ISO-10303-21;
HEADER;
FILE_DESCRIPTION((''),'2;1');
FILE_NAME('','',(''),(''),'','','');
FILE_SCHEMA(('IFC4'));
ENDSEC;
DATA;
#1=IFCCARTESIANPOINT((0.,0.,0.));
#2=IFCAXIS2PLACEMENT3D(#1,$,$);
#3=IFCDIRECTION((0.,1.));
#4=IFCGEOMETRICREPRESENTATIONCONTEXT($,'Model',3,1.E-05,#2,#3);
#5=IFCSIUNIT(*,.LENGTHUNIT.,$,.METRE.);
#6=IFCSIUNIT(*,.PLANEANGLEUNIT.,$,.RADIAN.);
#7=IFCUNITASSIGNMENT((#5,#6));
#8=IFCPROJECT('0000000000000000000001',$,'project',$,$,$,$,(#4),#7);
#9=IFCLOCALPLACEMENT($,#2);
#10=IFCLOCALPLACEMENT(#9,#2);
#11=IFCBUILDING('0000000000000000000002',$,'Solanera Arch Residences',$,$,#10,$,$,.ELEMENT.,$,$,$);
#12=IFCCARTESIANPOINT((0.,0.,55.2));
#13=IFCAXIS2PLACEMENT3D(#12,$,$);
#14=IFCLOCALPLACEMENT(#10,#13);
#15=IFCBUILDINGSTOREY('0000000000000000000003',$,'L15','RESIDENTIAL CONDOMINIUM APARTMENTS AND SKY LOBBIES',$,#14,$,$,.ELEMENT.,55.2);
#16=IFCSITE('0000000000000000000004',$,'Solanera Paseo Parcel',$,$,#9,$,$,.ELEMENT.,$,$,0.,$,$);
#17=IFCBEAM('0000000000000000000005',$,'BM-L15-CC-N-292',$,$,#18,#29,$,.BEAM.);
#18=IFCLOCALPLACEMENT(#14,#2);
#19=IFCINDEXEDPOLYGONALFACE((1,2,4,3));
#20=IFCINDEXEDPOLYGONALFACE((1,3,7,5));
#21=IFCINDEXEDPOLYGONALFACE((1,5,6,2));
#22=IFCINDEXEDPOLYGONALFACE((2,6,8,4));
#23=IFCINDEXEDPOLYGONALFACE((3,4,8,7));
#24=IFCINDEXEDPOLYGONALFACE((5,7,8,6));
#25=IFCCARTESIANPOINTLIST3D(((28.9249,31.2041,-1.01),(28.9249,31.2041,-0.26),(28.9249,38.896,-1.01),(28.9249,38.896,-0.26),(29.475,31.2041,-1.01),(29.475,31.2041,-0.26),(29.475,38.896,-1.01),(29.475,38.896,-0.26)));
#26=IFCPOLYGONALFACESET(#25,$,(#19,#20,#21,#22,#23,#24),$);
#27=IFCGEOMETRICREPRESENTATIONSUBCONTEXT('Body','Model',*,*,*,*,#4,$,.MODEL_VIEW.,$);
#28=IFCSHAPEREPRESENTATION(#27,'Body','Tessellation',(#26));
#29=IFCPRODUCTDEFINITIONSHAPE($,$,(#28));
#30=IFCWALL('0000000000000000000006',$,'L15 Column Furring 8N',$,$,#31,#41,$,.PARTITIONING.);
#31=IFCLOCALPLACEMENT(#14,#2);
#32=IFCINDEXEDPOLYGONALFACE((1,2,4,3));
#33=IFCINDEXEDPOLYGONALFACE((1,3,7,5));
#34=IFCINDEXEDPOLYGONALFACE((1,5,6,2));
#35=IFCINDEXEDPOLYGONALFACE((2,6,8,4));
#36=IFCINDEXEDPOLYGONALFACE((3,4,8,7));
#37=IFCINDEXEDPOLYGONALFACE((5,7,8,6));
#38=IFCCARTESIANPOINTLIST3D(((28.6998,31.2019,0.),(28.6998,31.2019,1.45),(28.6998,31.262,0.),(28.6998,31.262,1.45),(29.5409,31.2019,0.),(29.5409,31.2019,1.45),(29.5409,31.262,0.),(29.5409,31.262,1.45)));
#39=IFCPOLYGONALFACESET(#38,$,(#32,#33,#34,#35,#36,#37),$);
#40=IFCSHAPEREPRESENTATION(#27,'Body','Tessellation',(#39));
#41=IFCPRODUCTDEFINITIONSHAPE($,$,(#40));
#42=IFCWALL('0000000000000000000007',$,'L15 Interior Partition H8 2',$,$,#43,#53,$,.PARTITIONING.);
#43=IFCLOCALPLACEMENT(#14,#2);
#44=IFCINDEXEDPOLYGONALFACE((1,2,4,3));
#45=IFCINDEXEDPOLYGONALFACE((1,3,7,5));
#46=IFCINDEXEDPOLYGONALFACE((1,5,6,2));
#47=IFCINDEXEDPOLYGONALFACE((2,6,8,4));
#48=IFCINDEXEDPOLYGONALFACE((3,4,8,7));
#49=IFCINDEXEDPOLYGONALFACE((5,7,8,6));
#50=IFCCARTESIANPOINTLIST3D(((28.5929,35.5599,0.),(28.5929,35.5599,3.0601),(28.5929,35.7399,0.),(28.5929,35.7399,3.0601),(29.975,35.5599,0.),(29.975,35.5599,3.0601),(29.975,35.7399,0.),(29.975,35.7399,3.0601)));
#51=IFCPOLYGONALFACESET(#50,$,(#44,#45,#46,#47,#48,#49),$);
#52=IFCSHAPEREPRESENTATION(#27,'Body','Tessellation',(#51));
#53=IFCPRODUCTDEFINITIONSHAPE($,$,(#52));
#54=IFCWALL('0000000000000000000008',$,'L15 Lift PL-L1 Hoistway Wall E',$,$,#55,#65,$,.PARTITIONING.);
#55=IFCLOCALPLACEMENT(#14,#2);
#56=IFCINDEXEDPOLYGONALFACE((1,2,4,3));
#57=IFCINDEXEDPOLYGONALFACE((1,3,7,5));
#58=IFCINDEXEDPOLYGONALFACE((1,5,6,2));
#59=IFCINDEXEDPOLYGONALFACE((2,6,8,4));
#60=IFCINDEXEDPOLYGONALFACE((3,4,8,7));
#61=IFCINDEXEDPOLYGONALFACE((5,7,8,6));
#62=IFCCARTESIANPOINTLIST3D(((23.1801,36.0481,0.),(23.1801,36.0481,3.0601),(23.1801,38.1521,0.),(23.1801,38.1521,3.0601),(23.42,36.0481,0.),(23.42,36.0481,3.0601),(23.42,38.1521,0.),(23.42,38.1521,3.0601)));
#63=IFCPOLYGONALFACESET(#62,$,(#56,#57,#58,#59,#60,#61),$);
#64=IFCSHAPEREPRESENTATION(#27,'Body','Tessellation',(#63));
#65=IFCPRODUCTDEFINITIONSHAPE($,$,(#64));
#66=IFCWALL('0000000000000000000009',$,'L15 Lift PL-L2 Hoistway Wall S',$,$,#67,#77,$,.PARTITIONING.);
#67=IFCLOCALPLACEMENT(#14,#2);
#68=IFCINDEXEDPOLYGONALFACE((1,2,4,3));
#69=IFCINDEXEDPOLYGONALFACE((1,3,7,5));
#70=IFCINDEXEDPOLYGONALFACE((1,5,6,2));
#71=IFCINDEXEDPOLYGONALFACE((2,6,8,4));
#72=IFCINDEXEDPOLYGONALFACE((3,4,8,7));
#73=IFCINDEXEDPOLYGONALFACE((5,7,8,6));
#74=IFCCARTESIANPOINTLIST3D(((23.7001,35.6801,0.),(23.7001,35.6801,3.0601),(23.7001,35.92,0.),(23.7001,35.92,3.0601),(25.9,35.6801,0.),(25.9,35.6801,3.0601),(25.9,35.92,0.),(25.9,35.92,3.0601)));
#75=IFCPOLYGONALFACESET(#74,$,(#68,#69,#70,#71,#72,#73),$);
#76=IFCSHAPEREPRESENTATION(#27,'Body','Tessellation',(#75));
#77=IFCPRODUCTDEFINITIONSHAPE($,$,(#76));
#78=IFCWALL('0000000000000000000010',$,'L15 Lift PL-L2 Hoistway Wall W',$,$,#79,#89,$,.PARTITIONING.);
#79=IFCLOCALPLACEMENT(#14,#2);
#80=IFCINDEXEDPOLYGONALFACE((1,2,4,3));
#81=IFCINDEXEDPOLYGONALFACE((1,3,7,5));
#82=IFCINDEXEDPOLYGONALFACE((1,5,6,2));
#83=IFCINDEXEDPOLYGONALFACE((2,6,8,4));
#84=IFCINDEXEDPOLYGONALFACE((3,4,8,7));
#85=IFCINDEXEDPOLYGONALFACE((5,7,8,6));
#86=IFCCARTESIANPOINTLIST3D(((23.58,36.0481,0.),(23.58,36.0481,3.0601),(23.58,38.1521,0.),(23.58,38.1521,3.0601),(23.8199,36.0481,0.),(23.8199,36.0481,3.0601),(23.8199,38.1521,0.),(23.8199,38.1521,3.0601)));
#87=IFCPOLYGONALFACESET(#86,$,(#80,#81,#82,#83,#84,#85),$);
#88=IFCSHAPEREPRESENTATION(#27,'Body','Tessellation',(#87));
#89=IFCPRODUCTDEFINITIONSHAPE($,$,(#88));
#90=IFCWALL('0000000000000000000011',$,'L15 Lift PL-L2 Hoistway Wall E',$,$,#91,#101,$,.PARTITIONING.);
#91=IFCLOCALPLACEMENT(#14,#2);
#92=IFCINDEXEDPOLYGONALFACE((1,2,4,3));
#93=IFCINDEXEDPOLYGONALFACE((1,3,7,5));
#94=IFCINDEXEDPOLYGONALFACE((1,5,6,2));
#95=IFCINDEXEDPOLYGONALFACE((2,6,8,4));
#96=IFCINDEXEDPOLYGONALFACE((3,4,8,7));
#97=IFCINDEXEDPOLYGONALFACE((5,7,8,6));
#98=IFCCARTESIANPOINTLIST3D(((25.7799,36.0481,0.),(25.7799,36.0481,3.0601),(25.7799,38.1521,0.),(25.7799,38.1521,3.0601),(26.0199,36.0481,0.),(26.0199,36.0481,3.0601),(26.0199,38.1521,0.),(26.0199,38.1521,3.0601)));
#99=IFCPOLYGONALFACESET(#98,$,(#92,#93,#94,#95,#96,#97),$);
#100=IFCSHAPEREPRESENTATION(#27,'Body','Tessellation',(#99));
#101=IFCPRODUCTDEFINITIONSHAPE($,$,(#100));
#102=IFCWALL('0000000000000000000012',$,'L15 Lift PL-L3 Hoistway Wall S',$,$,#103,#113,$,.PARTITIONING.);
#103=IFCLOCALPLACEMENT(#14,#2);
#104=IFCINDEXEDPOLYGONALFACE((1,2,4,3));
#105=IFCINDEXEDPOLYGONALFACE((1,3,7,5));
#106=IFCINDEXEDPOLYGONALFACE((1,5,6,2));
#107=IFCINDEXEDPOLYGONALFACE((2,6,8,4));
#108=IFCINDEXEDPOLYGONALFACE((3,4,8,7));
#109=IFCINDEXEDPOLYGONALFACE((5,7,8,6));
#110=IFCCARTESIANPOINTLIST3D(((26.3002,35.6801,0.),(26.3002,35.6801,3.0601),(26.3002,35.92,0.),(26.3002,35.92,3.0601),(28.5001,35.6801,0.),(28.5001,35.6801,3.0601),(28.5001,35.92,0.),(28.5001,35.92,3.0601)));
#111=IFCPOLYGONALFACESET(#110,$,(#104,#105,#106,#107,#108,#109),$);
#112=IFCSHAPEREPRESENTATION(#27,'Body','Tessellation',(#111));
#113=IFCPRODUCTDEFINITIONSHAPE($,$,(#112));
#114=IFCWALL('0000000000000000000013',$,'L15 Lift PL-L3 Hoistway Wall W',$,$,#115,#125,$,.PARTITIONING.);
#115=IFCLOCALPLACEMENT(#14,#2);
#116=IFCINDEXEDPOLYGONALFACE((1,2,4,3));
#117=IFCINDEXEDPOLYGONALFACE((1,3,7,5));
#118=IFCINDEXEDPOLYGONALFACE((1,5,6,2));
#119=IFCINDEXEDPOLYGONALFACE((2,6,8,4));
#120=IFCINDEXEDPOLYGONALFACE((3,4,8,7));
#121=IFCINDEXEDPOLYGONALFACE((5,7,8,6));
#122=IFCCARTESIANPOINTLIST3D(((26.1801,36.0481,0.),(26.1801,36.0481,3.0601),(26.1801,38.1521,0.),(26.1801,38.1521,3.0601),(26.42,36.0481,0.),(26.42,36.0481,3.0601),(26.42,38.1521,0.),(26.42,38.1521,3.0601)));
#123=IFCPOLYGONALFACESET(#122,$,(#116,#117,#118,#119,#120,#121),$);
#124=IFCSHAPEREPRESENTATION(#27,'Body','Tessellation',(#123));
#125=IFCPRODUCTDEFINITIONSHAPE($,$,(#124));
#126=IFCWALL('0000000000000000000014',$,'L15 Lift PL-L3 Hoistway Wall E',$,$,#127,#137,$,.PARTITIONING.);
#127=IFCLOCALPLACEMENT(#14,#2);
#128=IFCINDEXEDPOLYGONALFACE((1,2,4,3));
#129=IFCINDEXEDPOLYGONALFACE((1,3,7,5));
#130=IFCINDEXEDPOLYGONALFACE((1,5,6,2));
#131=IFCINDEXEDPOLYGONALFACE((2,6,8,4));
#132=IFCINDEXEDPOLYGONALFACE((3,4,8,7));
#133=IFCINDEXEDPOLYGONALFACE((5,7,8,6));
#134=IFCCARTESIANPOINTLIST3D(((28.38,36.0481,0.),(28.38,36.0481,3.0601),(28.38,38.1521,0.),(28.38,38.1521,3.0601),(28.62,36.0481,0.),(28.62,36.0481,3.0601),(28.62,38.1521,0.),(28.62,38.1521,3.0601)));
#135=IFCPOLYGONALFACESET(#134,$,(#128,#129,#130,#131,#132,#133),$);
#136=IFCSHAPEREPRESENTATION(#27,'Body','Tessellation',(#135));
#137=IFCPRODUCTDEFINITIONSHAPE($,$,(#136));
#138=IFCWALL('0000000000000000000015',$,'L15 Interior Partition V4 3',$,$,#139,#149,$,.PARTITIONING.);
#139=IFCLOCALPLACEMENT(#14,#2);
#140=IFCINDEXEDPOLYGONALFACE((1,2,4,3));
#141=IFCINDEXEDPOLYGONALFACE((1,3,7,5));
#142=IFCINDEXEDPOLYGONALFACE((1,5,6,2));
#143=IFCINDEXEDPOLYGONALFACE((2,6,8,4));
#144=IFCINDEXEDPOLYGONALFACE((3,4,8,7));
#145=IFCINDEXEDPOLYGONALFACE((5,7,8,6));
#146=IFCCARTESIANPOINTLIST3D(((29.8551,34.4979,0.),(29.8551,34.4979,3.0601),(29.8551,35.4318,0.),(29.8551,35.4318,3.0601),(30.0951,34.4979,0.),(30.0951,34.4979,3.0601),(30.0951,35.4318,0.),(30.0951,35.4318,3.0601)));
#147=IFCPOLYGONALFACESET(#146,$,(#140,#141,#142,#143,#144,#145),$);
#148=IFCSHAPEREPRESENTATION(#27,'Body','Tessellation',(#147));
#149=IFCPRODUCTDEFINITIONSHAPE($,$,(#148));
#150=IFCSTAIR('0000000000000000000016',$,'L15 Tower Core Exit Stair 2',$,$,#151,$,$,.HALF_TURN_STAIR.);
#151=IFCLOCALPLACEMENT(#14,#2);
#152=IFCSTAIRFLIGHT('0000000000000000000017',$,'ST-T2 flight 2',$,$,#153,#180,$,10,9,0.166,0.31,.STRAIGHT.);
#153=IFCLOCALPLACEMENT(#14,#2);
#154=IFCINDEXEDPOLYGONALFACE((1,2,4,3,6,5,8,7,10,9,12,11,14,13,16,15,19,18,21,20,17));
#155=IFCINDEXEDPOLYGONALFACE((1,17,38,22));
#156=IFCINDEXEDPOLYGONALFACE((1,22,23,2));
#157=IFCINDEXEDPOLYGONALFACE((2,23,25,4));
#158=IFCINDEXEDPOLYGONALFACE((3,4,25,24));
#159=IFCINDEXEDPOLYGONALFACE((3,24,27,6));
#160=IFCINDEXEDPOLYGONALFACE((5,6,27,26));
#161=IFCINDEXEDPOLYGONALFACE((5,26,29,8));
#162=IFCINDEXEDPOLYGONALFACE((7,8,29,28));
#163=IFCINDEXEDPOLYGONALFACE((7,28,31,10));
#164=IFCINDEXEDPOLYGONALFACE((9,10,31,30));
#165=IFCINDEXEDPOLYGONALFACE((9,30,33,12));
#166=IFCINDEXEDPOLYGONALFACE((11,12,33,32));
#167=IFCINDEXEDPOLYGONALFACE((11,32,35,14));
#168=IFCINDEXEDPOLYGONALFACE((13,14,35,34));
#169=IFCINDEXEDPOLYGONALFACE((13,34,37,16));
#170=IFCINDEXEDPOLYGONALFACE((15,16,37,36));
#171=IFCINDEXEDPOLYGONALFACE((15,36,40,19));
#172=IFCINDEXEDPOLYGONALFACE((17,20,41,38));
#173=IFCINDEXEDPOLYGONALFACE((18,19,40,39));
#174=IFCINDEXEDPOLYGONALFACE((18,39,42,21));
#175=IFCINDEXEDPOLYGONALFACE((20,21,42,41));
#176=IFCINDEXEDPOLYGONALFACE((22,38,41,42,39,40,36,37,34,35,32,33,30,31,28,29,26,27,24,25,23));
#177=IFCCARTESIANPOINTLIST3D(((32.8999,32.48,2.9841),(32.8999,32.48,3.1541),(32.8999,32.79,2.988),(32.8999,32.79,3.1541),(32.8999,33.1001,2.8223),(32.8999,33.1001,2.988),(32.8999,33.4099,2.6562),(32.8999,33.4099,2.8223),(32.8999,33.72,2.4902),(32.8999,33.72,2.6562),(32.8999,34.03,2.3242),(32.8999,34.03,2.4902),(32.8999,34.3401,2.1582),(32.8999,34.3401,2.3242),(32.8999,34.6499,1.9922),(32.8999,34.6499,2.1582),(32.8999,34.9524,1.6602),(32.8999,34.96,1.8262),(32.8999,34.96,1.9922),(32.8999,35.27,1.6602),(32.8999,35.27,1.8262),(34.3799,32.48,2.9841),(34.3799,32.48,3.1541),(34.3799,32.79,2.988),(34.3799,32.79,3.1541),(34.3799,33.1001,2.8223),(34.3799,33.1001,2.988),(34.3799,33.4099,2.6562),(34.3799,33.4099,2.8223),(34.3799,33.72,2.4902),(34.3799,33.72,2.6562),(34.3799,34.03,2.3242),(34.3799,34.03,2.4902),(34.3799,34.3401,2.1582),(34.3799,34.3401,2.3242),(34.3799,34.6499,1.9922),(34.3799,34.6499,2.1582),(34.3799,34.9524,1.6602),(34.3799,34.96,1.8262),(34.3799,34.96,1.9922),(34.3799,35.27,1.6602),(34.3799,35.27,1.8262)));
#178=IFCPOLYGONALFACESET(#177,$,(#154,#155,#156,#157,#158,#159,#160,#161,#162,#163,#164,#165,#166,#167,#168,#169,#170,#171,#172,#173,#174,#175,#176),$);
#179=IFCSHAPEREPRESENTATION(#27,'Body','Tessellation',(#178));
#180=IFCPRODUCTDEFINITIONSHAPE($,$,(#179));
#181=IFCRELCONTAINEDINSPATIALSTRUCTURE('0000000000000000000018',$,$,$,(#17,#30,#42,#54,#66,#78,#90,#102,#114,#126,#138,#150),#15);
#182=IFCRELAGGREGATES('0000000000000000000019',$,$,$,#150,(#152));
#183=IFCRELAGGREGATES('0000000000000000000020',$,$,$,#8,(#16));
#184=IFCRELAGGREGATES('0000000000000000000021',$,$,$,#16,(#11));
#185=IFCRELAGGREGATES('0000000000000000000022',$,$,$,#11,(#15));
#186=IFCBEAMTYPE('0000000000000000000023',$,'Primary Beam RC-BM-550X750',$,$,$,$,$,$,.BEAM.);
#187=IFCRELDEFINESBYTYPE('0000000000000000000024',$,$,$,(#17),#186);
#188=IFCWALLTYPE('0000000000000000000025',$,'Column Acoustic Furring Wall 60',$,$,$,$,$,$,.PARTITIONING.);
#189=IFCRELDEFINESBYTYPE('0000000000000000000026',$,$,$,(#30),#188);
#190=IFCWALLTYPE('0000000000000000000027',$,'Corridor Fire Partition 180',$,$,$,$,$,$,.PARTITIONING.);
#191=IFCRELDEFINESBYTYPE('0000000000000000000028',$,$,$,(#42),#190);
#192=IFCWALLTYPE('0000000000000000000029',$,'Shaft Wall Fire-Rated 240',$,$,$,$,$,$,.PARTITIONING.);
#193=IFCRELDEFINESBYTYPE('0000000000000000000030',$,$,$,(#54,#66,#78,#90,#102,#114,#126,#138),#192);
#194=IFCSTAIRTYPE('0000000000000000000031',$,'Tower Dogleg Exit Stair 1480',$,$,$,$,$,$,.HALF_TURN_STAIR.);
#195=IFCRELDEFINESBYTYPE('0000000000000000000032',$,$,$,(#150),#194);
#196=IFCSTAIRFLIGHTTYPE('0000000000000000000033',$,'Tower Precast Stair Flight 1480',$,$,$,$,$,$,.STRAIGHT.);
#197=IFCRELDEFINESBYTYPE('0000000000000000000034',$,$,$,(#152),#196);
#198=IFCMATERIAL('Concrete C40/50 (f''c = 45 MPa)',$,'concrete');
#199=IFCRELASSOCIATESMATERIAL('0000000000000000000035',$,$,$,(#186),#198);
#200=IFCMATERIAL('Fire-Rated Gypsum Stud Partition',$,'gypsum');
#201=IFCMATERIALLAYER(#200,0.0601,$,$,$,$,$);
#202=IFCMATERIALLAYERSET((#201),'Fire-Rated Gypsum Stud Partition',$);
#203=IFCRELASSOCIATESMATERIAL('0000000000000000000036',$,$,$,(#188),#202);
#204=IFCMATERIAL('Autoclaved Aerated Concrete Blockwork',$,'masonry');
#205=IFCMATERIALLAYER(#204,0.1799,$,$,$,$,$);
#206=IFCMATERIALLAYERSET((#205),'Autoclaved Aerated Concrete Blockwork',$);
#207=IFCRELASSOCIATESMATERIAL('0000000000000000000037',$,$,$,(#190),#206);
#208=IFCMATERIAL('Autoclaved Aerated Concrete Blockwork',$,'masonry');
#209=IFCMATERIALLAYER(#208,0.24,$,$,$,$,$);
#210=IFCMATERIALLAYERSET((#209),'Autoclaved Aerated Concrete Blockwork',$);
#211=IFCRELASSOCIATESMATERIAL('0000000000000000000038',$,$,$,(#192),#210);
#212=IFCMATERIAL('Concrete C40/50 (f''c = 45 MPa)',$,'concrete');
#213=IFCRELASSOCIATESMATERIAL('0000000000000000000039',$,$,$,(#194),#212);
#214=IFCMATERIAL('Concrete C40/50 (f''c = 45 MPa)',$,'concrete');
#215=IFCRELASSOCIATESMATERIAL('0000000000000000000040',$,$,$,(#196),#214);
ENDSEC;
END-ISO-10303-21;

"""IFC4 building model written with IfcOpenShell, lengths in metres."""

from ifc_helpers import new_model, si_unit, direction, frame, frame_2d, origin, origin_2d, place, context, subcontext, project, spatial, polyline, rectangle, outline, extrude, material, layer, layer_set, material_profile, profile_set, type_object, element, aggregate, save


model = new_model("IFC4")

# Units and contexts
model_context = context("Model", 3, precision=1e-05, world=origin(), true_north=direction((0.0, 1.0)))
body_context = subcontext(model_context, "Body", "Model", "MODEL_VIEW")
ifc_project = project(units=[si_unit("LENGTHUNIT", "METRE"), si_unit("PLANEANGLEUNIT", "RADIAN")], contexts=[model_context])

# Site, building, storey
site_placement = place(None, origin())
site = spatial("IfcSite", under=ifc_project, at=site_placement, Name="Solanera Paseo Parcel", CompositionType="ELEMENT", RefElevation=0.0)
building_placement = place(site_placement, origin())
building = spatial("IfcBuilding", under=site, at=building_placement, Name="Solanera Arch Residences", CompositionType="ELEMENT")
storey_placement = place(building_placement, frame((0.0, 0.0, 55.2)))
storey = spatial("IfcBuildingStorey", under=building, at=storey_placement, Name="L15", Description="RESIDENTIAL CONDOMINIUM APARTMENTS AND SKY LOBBIES", CompositionType="ELEMENT", Elevation=55.2)

# Beam
ifc_material_1 = material(Name="Concrete C40/50 (f'c = 45 MPa)", Category="concrete")
ifc_material_profile = material_profile(ifc_material_1, rectangle(XDim=0.55, YDim=0.75, at=origin_2d()))
ifc_profile_set = profile_set([ifc_material_profile], Name="Concrete C40/50 (f'c = 45 MPa)")
beam_type = type_object("IfcBeamType", Name="Primary Beam RC-BM-550X750", PredefinedType="BEAM", material=ifc_profile_set)
beam_placement = place(storey_placement, frame((29.2, 31.2041, -0.635), z_axis=(0.0, 1.0, 0.0), x_axis=(-1.0, 0.0, 0.0)))
element("IfcBeam", 1, at=beam_placement, inside=storey, type_object=beam_type, Name="BM-L15-CC-N-292", PredefinedType="BEAM", context=body_context, shape_type="SweptSolid", body=[
    extrude(rectangle(XDim=0.55, YDim=0.75, at=origin_2d()), origin(), (0.0, 0.0, 1.0), 7.6919),
])

# Wall
ifc_material_2 = material(Name="Fire-Rated Gypsum Stud Partition", Category="gypsum")
ifc_layer_1 = layer(ifc_material_2, 0.0601)
ifc_layer_set_1 = layer_set([ifc_layer_1], Name="Fire-Rated Gypsum Stud Partition")
wall_type_1 = type_object("IfcWallType", Name="Column Acoustic Furring Wall 60", PredefinedType="PARTITIONING", material=ifc_layer_set_1)
wall_1_placement = place(storey_placement, frame((28.7, 31.2319, 0.0), z_axis=(0.0, 0.0, 1.0), x_axis=(1.0, 0.0, 0.0)))
element("IfcWall", 2, at=wall_1_placement, inside=storey, type_object=wall_type_1, Name="L15 Column Furring 8N", PredefinedType="PARTITIONING", context=body_context, shape_type="SweptSolid", body=[
    extrude(rectangle(XDim=0.8411, YDim=0.0601, at=frame_2d((0.4204, 0.0))), origin(), (0.0, 0.0, 1.0), 1.45),
])

# Walls
ifc_material_3 = material(Name="Autoclaved Aerated Concrete Blockwork", Category="masonry")
ifc_layer_2 = layer(ifc_material_3, 0.1799)
ifc_layer_set_2 = layer_set([ifc_layer_2], Name="Autoclaved Aerated Concrete Blockwork")
wall_type_2 = type_object("IfcWallType", Name="Corridor Fire Partition 180", PredefinedType="PARTITIONING", material=ifc_layer_set_2)
wall_2_placement = place(storey_placement, frame((28.593, 35.6499, 0.0), z_axis=(0.0, 0.0, 1.0), x_axis=(1.0, 0.0, 0.0)))
element("IfcWall", 3, at=wall_2_placement, inside=storey, type_object=wall_type_2, Name="L15 Interior Partition H8 2", PredefinedType="PARTITIONING", context=body_context, shape_type="SweptSolid", body=[
    extrude(rectangle(XDim=1.3821, YDim=0.1799, at=frame_2d((0.6909, 0.0))), origin(), (0.0, 0.0, 1.0), 3.0601),
])
ifc_material_4 = material(Name="Autoclaved Aerated Concrete Blockwork", Category="masonry")
ifc_layer_3 = layer(ifc_material_4, 0.24)
ifc_layer_set_3 = layer_set([ifc_layer_3], Name="Autoclaved Aerated Concrete Blockwork")
wall_type_3 = type_object("IfcWallType", Name="Shaft Wall Fire-Rated 240", PredefinedType="PARTITIONING", material=ifc_layer_set_3)
wall_3_placement = place(storey_placement, frame((23.3, 36.0481, 0.0), z_axis=(0.0, 0.0, 1.0), x_axis=(0.0, 1.0, 0.0)))
element("IfcWall", 4, at=wall_3_placement, inside=storey, type_object=wall_type_3, Name="L15 Lift PL-L1 Hoistway Wall E", PredefinedType="PARTITIONING", context=body_context, shape_type="SweptSolid", body=[
    extrude(rectangle(XDim=2.104, YDim=0.24, at=frame_2d((1.052, 0.0))), origin(), (0.0, 0.0, 1.0), 3.0601),
])
wall_4_placement = place(storey_placement, frame((23.7, 35.8, 0.0), z_axis=(0.0, 0.0, 1.0), x_axis=(1.0, 0.0, 0.0)))
element("IfcWall", 5, at=wall_4_placement, inside=storey, type_object=wall_type_3, Name="L15 Lift PL-L2 Hoistway Wall S", PredefinedType="PARTITIONING", context=body_context, shape_type="SweptSolid", body=[
    extrude(rectangle(XDim=2.2, YDim=0.24, at=frame_2d((1.1001, 0.0))), origin(), (0.0, 0.0, 1.0), 3.0601),
])
for number, where, z_axis, x_axis, name in (
    (6, (23.7, 36.0481, 0.0), (0.0, 0.0, 1.0), (0.0, 1.0, 0.0), "L15 Lift PL-L2 Hoistway Wall W"),
    (7, (25.8999, 36.0481, 0.0), (0.0, 0.0, 1.0), (0.0, 1.0, 0.0), "L15 Lift PL-L2 Hoistway Wall E"),
):
    element("IfcWall", number, at=place(storey_placement, frame(where, z_axis=z_axis, x_axis=x_axis)), inside=storey, type_object=wall_type_3, Name=name, PredefinedType="PARTITIONING", context=body_context, shape_type="SweptSolid", body=[
        extrude(rectangle(XDim=2.104, YDim=0.24, at=frame_2d((1.052, 0.0))), origin(), (0.0, 0.0, 1.0), 3.0601),
    ])
wall_5_placement = place(storey_placement, frame((26.3, 35.8, 0.0), z_axis=(0.0, 0.0, 1.0), x_axis=(1.0, 0.0, 0.0)))
element("IfcWall", 8, at=wall_5_placement, inside=storey, type_object=wall_type_3, Name="L15 Lift PL-L3 Hoistway Wall S", PredefinedType="PARTITIONING", context=body_context, shape_type="SweptSolid", body=[
    extrude(rectangle(XDim=2.2, YDim=0.24, at=frame_2d((1.1001, 0.0))), origin(), (0.0, 0.0, 1.0), 3.0601),
])
for number, where, z_axis, x_axis, name in (
    (9, (26.3, 36.0481, 0.0), (0.0, 0.0, 1.0), (0.0, 1.0, 0.0), "L15 Lift PL-L3 Hoistway Wall W"),
    (10, (28.5, 36.0481, 0.0), (0.0, 0.0, 1.0), (0.0, 1.0, 0.0), "L15 Lift PL-L3 Hoistway Wall E"),
):
    element("IfcWall", number, at=place(storey_placement, frame(where, z_axis=z_axis, x_axis=x_axis)), inside=storey, type_object=wall_type_3, Name=name, PredefinedType="PARTITIONING", context=body_context, shape_type="SweptSolid", body=[
        extrude(rectangle(XDim=2.104, YDim=0.24, at=frame_2d((1.052, 0.0))), origin(), (0.0, 0.0, 1.0), 3.0601),
    ])

# Wall
wall_6_placement = place(storey_placement, frame((29.9751, 34.498, 0.0), z_axis=(0.0, 0.0, 1.0), x_axis=(0.0, 1.0, 0.0)))
element("IfcWall", 11, at=wall_6_placement, inside=storey, type_object=wall_type_3, Name="L15 Interior Partition V4 3", PredefinedType="PARTITIONING", context=body_context, shape_type="SweptSolid", body=[
    extrude(rectangle(XDim=0.9338, YDim=0.24, at=frame_2d((0.4668, 0.0))), origin(), (0.0, 0.0, 1.0), 3.0601),
])

# Stair, stair flight
ifc_material_5 = material(Name="Concrete C40/50 (f'c = 45 MPa)", Category="concrete")
stair_type = type_object("IfcStairType", Name="Tower Dogleg Exit Stair 1480", PredefinedType="HALF_TURN_STAIR", material=ifc_material_5)
stair_placement = place(storey_placement, origin())
stair = element("IfcStair", 12, at=stair_placement, inside=storey, type_object=stair_type, Name="L15 Tower Core Exit Stair 2", PredefinedType="HALF_TURN_STAIR")
ifc_material_6 = material(Name="Concrete C40/50 (f'c = 45 MPa)", Category="concrete")
stair_flight_type = type_object("IfcStairFlightType", Name="Tower Precast Stair Flight 1480", PredefinedType="STRAIGHT", material=ifc_material_6)
stair_flight_placement = place(storey_placement, frame((33.6399, 35.27, 1.6602), z_axis=(0.0, 0.0, 1.0), x_axis=(0.0, -1.0, 0.0)))
stair_flight = element("IfcStairFlight", 13, at=stair_flight_placement, type_object=stair_flight_type, Name="ST-T2 flight 2", NumberOfRisers=10, NumberOfTreads=9, PredefinedType="STRAIGHT", RiserHeight=0.166, TreadLength=0.31, context=body_context, shape_type="SweptSolid", body=[
    extrude(outline(polyline([(0.0, 0.0), (0.0, 0.166), (0.3101, 0.166), (0.3101, 0.332), (0.6201, 0.332), (0.6201, 0.498), (0.9299, 0.498), (0.9299, 0.6641), (1.24, 0.6641), (1.24, 0.8301), (1.55, 0.8301), (1.55, 0.9961), (1.8601, 0.9961), (1.8601, 1.1621), (2.1699, 1.1621), (2.1699, 1.3279), (2.48, 1.3279), (2.48, 1.4939), (2.79, 1.4939), (2.79, 1.6599), (2.79, 1.324), (0.3176, 0.0), (0.0, 0.0)])), frame((0.0, 0.74, 0.0), z_axis=(0.0, -1.0, 0.0), x_axis=(1.0, 0.0, 0.0)), (0.0, 0.0, 1.0), 1.48),
])
aggregate(stair, [stair_flight])

save(model, "model.ifc")
